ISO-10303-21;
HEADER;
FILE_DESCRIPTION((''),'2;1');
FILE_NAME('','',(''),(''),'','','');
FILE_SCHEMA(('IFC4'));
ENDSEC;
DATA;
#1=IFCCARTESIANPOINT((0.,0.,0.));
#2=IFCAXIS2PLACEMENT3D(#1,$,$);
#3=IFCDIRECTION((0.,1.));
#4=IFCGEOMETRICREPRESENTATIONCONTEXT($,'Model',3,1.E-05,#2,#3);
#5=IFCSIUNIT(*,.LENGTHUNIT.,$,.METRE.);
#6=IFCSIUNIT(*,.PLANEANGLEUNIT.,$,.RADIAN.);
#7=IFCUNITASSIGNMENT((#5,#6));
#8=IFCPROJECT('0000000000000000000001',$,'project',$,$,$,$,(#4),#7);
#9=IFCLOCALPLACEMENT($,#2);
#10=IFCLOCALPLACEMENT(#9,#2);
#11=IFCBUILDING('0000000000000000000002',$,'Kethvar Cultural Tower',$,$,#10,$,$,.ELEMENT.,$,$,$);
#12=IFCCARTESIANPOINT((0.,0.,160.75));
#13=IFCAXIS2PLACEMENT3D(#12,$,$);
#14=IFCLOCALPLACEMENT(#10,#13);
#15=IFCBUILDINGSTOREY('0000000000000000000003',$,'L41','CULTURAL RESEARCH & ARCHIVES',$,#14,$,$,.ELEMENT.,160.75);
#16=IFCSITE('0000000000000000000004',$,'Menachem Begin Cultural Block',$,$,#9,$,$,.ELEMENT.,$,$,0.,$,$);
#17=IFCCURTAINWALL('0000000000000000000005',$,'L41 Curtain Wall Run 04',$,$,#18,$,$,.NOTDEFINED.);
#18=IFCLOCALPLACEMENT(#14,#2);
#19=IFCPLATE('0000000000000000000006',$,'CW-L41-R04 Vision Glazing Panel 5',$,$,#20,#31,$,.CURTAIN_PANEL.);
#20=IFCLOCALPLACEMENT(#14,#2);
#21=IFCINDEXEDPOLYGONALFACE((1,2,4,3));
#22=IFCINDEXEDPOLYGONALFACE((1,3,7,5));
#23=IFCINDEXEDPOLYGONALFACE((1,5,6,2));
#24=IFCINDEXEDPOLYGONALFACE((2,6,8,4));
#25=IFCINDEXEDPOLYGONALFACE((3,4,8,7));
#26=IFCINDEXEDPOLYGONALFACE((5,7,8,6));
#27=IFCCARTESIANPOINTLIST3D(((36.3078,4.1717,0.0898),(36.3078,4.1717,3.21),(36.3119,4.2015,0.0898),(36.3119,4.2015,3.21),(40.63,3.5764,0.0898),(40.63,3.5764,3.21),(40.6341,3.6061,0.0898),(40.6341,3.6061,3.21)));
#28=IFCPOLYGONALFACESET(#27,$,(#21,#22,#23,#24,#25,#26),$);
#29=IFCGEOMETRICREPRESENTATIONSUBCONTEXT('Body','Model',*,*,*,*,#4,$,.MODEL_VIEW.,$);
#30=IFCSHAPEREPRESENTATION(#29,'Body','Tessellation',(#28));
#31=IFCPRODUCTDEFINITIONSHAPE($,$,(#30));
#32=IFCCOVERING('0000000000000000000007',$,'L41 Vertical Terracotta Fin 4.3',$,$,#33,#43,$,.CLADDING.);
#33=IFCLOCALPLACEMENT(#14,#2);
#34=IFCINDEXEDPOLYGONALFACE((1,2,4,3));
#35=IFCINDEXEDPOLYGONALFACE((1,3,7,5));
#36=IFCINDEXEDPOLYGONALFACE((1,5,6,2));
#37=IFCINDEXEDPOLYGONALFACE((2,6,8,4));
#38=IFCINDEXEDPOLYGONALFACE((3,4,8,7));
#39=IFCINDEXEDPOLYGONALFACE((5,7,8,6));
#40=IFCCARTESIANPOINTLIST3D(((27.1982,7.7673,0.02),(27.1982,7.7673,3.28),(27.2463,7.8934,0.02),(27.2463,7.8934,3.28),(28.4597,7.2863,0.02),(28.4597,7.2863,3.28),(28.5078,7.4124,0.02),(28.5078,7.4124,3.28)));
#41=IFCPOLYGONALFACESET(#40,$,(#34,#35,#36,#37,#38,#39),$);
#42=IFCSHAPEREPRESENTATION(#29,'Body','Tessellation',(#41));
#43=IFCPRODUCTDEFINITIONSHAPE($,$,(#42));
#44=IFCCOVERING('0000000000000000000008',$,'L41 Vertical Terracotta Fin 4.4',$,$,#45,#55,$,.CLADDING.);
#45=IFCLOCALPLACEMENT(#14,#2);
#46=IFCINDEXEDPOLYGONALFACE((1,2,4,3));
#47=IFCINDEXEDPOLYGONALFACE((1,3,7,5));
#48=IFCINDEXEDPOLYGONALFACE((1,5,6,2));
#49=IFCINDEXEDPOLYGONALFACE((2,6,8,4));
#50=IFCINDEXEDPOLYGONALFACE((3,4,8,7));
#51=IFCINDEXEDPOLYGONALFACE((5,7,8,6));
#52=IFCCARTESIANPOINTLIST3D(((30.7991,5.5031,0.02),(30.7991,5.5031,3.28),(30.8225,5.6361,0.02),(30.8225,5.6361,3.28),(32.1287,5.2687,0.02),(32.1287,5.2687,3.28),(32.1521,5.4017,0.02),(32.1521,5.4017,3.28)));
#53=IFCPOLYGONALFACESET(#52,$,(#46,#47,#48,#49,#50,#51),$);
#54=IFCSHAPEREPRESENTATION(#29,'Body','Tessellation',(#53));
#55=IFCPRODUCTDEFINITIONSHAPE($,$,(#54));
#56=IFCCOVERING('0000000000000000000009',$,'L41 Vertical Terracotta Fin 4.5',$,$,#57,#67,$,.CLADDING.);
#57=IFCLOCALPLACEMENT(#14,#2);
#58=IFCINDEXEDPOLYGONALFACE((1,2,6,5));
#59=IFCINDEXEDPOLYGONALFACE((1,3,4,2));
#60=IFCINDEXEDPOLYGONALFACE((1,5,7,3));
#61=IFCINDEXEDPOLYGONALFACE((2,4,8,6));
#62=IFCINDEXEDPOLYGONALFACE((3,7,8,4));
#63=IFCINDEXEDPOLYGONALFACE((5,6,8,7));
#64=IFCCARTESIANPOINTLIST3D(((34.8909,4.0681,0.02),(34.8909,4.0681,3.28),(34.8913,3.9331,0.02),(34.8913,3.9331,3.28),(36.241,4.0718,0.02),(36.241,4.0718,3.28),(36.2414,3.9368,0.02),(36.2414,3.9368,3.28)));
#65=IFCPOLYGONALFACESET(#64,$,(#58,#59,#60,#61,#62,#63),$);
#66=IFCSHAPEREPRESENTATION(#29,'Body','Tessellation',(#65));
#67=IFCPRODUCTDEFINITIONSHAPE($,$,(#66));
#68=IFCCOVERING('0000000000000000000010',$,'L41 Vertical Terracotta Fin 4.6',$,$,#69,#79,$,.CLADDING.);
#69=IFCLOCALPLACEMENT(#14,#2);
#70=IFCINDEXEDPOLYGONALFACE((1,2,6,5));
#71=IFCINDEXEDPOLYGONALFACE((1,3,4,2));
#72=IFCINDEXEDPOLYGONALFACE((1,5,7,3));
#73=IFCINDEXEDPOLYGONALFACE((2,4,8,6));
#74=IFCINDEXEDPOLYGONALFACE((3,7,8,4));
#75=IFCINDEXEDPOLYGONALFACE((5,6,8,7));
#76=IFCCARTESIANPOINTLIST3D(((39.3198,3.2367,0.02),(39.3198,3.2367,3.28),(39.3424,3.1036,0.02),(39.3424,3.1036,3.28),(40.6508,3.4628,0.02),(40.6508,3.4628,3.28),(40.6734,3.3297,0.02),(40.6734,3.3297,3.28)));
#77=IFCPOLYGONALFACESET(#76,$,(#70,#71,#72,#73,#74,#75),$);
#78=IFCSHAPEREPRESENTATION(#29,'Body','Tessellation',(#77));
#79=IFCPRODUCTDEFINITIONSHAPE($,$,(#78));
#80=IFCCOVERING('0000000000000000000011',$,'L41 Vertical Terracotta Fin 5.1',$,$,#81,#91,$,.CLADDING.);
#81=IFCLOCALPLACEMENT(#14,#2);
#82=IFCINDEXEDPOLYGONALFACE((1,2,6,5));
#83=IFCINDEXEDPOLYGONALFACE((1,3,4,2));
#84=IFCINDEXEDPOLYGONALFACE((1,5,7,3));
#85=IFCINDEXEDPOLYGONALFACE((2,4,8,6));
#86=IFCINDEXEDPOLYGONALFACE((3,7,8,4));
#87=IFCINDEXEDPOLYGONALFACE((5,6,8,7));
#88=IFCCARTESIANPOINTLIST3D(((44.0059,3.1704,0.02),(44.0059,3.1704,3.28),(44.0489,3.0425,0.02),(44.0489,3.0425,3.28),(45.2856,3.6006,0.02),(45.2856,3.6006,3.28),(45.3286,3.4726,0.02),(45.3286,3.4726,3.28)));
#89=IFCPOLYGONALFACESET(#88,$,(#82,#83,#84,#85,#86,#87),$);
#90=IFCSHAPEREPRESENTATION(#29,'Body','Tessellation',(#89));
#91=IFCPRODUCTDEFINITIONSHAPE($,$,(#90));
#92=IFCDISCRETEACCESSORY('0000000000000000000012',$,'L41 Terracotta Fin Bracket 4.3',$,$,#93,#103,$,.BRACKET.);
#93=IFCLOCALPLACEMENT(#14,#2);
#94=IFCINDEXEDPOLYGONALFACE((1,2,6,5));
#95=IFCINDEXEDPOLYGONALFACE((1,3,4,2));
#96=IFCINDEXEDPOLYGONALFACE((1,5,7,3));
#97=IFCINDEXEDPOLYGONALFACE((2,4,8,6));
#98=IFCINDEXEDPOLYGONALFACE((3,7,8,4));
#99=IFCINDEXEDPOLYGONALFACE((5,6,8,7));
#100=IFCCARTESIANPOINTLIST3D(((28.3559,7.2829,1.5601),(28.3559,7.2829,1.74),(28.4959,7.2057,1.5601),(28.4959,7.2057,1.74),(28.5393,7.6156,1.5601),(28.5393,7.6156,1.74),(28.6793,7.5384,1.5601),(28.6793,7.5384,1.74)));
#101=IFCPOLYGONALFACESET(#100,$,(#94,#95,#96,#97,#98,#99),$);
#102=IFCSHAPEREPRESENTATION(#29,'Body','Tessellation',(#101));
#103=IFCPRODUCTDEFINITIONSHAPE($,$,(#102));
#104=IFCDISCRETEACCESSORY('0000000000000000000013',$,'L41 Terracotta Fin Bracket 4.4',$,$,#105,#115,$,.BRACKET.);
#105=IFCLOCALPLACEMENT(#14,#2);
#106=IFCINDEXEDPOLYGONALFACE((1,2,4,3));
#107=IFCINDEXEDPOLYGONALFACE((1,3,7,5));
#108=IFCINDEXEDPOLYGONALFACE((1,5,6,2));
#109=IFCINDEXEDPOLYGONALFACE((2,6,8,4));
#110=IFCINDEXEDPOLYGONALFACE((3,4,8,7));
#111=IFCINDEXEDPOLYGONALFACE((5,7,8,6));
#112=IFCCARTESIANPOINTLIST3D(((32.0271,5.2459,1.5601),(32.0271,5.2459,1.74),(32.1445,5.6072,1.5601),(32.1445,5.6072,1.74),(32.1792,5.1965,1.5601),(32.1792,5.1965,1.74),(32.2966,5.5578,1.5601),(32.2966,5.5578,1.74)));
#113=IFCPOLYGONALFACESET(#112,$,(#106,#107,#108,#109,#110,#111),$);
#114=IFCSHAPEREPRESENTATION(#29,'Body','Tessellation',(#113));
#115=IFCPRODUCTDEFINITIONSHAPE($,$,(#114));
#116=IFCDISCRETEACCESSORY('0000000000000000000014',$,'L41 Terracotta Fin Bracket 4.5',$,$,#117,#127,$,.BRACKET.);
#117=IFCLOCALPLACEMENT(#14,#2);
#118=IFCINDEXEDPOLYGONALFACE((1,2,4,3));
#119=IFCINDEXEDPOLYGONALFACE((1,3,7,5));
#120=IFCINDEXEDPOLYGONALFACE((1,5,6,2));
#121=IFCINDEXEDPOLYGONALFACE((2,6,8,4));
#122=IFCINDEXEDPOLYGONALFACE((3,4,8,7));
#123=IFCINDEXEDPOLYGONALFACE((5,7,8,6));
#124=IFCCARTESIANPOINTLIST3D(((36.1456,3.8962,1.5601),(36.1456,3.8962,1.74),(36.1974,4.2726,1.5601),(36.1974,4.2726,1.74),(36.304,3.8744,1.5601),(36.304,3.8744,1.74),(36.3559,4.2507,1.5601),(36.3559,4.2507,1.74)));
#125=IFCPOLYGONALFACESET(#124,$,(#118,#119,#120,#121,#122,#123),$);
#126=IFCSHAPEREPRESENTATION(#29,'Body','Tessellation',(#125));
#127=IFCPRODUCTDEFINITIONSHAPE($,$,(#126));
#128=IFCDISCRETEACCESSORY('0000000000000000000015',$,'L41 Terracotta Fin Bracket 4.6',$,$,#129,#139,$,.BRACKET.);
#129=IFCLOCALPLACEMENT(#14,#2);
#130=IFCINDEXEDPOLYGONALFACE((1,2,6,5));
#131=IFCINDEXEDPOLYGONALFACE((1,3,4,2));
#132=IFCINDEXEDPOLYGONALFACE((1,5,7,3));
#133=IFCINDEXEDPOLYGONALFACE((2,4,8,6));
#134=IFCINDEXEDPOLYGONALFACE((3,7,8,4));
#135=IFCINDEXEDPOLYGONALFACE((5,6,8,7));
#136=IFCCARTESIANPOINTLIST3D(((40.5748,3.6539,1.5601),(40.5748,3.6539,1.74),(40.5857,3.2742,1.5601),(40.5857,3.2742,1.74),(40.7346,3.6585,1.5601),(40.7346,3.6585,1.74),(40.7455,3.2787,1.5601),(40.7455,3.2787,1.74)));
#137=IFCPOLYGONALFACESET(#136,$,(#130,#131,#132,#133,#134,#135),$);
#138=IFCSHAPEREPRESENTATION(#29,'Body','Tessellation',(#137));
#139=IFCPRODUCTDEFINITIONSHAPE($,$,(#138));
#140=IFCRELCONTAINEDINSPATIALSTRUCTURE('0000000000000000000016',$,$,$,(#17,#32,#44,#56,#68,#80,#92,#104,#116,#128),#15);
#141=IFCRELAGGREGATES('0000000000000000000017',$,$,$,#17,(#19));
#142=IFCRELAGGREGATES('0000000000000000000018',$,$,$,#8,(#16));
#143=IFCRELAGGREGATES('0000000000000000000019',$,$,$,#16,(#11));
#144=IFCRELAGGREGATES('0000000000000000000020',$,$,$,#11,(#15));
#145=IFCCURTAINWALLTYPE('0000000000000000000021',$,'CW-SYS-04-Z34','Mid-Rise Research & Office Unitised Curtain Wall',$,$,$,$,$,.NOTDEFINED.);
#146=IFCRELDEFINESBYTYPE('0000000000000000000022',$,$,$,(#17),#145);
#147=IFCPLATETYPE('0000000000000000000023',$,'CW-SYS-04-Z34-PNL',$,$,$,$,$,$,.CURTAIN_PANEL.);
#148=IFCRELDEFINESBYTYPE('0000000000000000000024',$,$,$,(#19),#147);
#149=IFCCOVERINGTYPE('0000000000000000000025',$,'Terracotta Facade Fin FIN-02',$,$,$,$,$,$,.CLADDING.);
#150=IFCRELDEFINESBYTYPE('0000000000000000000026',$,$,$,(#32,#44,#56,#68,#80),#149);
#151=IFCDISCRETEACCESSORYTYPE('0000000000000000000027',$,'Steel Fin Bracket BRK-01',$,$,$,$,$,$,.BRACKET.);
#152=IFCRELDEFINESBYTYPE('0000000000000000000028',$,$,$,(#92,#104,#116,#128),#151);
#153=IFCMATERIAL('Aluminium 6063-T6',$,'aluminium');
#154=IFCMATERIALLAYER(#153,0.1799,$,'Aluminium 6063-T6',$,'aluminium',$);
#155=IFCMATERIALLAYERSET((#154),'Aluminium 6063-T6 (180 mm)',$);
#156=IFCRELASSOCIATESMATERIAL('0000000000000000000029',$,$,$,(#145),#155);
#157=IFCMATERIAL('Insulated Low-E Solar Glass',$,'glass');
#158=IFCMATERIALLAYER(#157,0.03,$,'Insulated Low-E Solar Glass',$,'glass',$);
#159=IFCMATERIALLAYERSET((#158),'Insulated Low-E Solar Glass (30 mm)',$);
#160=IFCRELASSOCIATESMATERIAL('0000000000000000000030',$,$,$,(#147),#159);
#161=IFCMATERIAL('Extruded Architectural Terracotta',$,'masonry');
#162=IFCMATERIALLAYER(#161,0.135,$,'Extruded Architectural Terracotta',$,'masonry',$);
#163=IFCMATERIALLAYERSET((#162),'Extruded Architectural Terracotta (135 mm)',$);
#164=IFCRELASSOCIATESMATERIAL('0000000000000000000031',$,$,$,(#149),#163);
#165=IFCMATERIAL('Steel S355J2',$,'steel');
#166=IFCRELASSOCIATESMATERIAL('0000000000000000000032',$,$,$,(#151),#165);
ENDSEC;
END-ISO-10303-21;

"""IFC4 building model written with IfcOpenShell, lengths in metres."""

from ifc_helpers import new_model, si_unit, direction, frame, origin, origin_2d, place, context, subcontext, project, spatial, rectangle, extrude, source, transform, mapped, material, layer, layer_set, type_object, element, aggregate, save


model = new_model("IFC4")

# Units and contexts
model_context = context("Model", 3, precision=1e-05, world=origin(), true_north=direction((0.0, 1.0)))
body_context = subcontext(model_context, "Body", "Model", "MODEL_VIEW")
ifc_project = project(units=[si_unit("LENGTHUNIT", "METRE"), si_unit("PLANEANGLEUNIT", "RADIAN")], contexts=[model_context])

# Site, building, storey
site_placement = place(None, origin())
site = spatial("IfcSite", under=ifc_project, at=site_placement, Name="Menachem Begin Cultural Block", CompositionType="ELEMENT", RefElevation=0.0)
building_placement = place(site_placement, origin())
building = spatial("IfcBuilding", under=site, at=building_placement, Name="Kethvar Cultural Tower", CompositionType="ELEMENT")
storey_placement = place(building_placement, frame((0.0, 0.0, 160.75)))
storey = spatial("IfcBuildingStorey", under=building, at=storey_placement, Name="L41", Description="CULTURAL RESEARCH & ARCHIVES", CompositionType="ELEMENT", Elevation=160.75)

# Shared definitions
ifc_material_1 = material(Name="Steel S355J2", Category="steel")

# Curtain wall
ifc_material_2 = material(Name="Aluminium 6063-T6", Category="aluminium")
ifc_layer_1 = layer(ifc_material_2, 0.1799, Name="Aluminium 6063-T6", Category="aluminium")
ifc_layer_set_1 = layer_set([ifc_layer_1], Name="Aluminium 6063-T6 (180 mm)")
curtain_wall_type = type_object("IfcCurtainWallType", Name="CW-SYS-04-Z34", Description="Mid-Rise Research & Office Unitised Curtain Wall", PredefinedType="NOTDEFINED", material=ifc_layer_set_1)
curtain_wall_1_placement = place(storey_placement, origin())
curtain_wall_1 = element("IfcCurtainWall", 1, at=curtain_wall_1_placement, inside=storey, type_object=curtain_wall_type, Name="L41 Curtain Wall Run 04", PredefinedType="NOTDEFINED")

# Plate
ifc_material_3 = material(Name="Insulated Low-E Solar Glass", Category="glass")
ifc_layer_2 = layer(ifc_material_3, 0.03, Name="Insulated Low-E Solar Glass", Category="glass")
ifc_layer_set_2 = layer_set([ifc_layer_2], Name="Insulated Low-E Solar Glass (30 mm)")
plate_type = type_object("IfcPlateType", Name="CW-SYS-04-Z34-PNL", PredefinedType="CURTAIN_PANEL", material=ifc_layer_set_2)
shared_shape_1 = source(origin(), body_context, "Body", "SweptSolid", [
    extrude(rectangle(XDim=4.363, YDim=0.03, at=origin_2d()), origin(), (0.0, 0.0, 1.0), 3.1201),
])
plate_1_placement = place(storey_placement, frame((38.4709, 3.8889, 0.0898), z_axis=(0.0, 0.0, 1.0), x_axis=(0.990646, -0.136459, 0.0)))
plate_1 = element("IfcPlate", 2, at=plate_1_placement, type_object=plate_type, Name="CW-L41-R04 Vision Glazing Panel 5", PredefinedType="CURTAIN_PANEL", context=body_context, shape_type="MappedRepresentation", body=[
    mapped(shared_shape_1, transform((0.0, 0.0, 0.0), scale=1.0)),
])
aggregate(curtain_wall_1, [plate_1])

# Coverings
ifc_material_4 = material(Name="Extruded Architectural Terracotta", Category="masonry")
ifc_layer_3 = layer(ifc_material_4, 0.135, Name="Extruded Architectural Terracotta", Category="masonry")
ifc_layer_set_3 = layer_set([ifc_layer_3], Name="Extruded Architectural Terracotta (135 mm)")
covering_type = type_object("IfcCoveringType", Name="Terracotta Facade Fin FIN-02", PredefinedType="CLADDING", material=ifc_layer_set_3)
shared_shape_2 = source(origin(), body_context, "Body", "SweptSolid", [
    extrude(rectangle(XDim=1.3501, YDim=0.135, at=origin_2d()), origin(), (0.0, 0.0, 1.0), 3.26),
])
for number, where, z_axis, x_axis, name in (
    (3, (27.853, 7.5898, 0.02), (0.0, 0.0, 1.0), (-0.934391, 0.356249, 0.0), "L41 Vertical Terracotta Fin 4.3"),
    (4, (31.4756, 5.4524, 0.02), (0.0, 0.0, 1.0), (-0.984808, 0.173648, 0.0), "L41 Vertical Terracotta Fin 4.4"),
    (5, (35.5662, 4.0024, 0.02), (0.0, 0.0, 1.0), (-0.999996, -0.002793, 0.0), "L41 Vertical Terracotta Fin 4.5"),
    (6, (39.9966, 3.2832, 0.02), (0.0, 0.0, 1.0), (-0.985879, -0.167457, 0.0), "L41 Vertical Terracotta Fin 4.6"),
    (7, (44.6672, 3.3215, 0.02), (0.0, 0.0, 1.0), (-0.94788, -0.318628, 0.0), "L41 Vertical Terracotta Fin 5.1"),
):
    element("IfcCovering", number, at=place(storey_placement, frame(where, z_axis=z_axis, x_axis=x_axis)), inside=storey, type_object=covering_type, Name=name, PredefinedType="CLADDING", context=body_context, shape_type="MappedRepresentation", body=[
        mapped(shared_shape_2, transform((0.0, 0.0, 0.0), scale=1.0)),
    ])

# Discrete accessories
discrete_accessory_type = type_object("IfcDiscreteAccessoryType", Name="Steel Fin Bracket BRK-01", PredefinedType="BRACKET", material=ifc_material_1)
shared_shape_3 = source(origin(), body_context, "Body", "SweptSolid", [
    extrude(rectangle(XDim=0.3799, YDim=0.1599, at=origin_2d()), origin(), (0.0, 0.0, 1.0), 0.1799),
])
for number, where, z_axis, x_axis, name in (
    (8, (28.5176, 7.4106, 1.5601), (0.0, 0.0, 1.0), (-0.482824, -0.875717, 0.0), "L41 Terracotta Fin Bracket 4.3"),
    (9, (32.1619, 5.4019, 1.5601), (0.0, 0.0, 1.0), (-0.309017, -0.951057, 0.0), "L41 Terracotta Fin Bracket 4.4"),
    (10, (36.2507, 4.0735, 1.5601), (0.0, 0.0, 1.0), (-0.136407, -0.990653, 0.0), "L41 Terracotta Fin Bracket 4.5"),
    (11, (40.6602, 3.4663, 1.5601), (0.0, 0.0, 1.0), (0.028619, -0.99959, 0.0), "L41 Terracotta Fin Bracket 4.6"),
):
    element("IfcDiscreteAccessory", number, at=place(storey_placement, frame(where, z_axis=z_axis, x_axis=x_axis)), inside=storey, type_object=discrete_accessory_type, Name=name, PredefinedType="BRACKET", context=body_context, shape_type="MappedRepresentation", body=[
        mapped(shared_shape_3, transform((0.0, 0.0, 0.0), scale=1.0)),
    ])

save(model, "model.ifc")
